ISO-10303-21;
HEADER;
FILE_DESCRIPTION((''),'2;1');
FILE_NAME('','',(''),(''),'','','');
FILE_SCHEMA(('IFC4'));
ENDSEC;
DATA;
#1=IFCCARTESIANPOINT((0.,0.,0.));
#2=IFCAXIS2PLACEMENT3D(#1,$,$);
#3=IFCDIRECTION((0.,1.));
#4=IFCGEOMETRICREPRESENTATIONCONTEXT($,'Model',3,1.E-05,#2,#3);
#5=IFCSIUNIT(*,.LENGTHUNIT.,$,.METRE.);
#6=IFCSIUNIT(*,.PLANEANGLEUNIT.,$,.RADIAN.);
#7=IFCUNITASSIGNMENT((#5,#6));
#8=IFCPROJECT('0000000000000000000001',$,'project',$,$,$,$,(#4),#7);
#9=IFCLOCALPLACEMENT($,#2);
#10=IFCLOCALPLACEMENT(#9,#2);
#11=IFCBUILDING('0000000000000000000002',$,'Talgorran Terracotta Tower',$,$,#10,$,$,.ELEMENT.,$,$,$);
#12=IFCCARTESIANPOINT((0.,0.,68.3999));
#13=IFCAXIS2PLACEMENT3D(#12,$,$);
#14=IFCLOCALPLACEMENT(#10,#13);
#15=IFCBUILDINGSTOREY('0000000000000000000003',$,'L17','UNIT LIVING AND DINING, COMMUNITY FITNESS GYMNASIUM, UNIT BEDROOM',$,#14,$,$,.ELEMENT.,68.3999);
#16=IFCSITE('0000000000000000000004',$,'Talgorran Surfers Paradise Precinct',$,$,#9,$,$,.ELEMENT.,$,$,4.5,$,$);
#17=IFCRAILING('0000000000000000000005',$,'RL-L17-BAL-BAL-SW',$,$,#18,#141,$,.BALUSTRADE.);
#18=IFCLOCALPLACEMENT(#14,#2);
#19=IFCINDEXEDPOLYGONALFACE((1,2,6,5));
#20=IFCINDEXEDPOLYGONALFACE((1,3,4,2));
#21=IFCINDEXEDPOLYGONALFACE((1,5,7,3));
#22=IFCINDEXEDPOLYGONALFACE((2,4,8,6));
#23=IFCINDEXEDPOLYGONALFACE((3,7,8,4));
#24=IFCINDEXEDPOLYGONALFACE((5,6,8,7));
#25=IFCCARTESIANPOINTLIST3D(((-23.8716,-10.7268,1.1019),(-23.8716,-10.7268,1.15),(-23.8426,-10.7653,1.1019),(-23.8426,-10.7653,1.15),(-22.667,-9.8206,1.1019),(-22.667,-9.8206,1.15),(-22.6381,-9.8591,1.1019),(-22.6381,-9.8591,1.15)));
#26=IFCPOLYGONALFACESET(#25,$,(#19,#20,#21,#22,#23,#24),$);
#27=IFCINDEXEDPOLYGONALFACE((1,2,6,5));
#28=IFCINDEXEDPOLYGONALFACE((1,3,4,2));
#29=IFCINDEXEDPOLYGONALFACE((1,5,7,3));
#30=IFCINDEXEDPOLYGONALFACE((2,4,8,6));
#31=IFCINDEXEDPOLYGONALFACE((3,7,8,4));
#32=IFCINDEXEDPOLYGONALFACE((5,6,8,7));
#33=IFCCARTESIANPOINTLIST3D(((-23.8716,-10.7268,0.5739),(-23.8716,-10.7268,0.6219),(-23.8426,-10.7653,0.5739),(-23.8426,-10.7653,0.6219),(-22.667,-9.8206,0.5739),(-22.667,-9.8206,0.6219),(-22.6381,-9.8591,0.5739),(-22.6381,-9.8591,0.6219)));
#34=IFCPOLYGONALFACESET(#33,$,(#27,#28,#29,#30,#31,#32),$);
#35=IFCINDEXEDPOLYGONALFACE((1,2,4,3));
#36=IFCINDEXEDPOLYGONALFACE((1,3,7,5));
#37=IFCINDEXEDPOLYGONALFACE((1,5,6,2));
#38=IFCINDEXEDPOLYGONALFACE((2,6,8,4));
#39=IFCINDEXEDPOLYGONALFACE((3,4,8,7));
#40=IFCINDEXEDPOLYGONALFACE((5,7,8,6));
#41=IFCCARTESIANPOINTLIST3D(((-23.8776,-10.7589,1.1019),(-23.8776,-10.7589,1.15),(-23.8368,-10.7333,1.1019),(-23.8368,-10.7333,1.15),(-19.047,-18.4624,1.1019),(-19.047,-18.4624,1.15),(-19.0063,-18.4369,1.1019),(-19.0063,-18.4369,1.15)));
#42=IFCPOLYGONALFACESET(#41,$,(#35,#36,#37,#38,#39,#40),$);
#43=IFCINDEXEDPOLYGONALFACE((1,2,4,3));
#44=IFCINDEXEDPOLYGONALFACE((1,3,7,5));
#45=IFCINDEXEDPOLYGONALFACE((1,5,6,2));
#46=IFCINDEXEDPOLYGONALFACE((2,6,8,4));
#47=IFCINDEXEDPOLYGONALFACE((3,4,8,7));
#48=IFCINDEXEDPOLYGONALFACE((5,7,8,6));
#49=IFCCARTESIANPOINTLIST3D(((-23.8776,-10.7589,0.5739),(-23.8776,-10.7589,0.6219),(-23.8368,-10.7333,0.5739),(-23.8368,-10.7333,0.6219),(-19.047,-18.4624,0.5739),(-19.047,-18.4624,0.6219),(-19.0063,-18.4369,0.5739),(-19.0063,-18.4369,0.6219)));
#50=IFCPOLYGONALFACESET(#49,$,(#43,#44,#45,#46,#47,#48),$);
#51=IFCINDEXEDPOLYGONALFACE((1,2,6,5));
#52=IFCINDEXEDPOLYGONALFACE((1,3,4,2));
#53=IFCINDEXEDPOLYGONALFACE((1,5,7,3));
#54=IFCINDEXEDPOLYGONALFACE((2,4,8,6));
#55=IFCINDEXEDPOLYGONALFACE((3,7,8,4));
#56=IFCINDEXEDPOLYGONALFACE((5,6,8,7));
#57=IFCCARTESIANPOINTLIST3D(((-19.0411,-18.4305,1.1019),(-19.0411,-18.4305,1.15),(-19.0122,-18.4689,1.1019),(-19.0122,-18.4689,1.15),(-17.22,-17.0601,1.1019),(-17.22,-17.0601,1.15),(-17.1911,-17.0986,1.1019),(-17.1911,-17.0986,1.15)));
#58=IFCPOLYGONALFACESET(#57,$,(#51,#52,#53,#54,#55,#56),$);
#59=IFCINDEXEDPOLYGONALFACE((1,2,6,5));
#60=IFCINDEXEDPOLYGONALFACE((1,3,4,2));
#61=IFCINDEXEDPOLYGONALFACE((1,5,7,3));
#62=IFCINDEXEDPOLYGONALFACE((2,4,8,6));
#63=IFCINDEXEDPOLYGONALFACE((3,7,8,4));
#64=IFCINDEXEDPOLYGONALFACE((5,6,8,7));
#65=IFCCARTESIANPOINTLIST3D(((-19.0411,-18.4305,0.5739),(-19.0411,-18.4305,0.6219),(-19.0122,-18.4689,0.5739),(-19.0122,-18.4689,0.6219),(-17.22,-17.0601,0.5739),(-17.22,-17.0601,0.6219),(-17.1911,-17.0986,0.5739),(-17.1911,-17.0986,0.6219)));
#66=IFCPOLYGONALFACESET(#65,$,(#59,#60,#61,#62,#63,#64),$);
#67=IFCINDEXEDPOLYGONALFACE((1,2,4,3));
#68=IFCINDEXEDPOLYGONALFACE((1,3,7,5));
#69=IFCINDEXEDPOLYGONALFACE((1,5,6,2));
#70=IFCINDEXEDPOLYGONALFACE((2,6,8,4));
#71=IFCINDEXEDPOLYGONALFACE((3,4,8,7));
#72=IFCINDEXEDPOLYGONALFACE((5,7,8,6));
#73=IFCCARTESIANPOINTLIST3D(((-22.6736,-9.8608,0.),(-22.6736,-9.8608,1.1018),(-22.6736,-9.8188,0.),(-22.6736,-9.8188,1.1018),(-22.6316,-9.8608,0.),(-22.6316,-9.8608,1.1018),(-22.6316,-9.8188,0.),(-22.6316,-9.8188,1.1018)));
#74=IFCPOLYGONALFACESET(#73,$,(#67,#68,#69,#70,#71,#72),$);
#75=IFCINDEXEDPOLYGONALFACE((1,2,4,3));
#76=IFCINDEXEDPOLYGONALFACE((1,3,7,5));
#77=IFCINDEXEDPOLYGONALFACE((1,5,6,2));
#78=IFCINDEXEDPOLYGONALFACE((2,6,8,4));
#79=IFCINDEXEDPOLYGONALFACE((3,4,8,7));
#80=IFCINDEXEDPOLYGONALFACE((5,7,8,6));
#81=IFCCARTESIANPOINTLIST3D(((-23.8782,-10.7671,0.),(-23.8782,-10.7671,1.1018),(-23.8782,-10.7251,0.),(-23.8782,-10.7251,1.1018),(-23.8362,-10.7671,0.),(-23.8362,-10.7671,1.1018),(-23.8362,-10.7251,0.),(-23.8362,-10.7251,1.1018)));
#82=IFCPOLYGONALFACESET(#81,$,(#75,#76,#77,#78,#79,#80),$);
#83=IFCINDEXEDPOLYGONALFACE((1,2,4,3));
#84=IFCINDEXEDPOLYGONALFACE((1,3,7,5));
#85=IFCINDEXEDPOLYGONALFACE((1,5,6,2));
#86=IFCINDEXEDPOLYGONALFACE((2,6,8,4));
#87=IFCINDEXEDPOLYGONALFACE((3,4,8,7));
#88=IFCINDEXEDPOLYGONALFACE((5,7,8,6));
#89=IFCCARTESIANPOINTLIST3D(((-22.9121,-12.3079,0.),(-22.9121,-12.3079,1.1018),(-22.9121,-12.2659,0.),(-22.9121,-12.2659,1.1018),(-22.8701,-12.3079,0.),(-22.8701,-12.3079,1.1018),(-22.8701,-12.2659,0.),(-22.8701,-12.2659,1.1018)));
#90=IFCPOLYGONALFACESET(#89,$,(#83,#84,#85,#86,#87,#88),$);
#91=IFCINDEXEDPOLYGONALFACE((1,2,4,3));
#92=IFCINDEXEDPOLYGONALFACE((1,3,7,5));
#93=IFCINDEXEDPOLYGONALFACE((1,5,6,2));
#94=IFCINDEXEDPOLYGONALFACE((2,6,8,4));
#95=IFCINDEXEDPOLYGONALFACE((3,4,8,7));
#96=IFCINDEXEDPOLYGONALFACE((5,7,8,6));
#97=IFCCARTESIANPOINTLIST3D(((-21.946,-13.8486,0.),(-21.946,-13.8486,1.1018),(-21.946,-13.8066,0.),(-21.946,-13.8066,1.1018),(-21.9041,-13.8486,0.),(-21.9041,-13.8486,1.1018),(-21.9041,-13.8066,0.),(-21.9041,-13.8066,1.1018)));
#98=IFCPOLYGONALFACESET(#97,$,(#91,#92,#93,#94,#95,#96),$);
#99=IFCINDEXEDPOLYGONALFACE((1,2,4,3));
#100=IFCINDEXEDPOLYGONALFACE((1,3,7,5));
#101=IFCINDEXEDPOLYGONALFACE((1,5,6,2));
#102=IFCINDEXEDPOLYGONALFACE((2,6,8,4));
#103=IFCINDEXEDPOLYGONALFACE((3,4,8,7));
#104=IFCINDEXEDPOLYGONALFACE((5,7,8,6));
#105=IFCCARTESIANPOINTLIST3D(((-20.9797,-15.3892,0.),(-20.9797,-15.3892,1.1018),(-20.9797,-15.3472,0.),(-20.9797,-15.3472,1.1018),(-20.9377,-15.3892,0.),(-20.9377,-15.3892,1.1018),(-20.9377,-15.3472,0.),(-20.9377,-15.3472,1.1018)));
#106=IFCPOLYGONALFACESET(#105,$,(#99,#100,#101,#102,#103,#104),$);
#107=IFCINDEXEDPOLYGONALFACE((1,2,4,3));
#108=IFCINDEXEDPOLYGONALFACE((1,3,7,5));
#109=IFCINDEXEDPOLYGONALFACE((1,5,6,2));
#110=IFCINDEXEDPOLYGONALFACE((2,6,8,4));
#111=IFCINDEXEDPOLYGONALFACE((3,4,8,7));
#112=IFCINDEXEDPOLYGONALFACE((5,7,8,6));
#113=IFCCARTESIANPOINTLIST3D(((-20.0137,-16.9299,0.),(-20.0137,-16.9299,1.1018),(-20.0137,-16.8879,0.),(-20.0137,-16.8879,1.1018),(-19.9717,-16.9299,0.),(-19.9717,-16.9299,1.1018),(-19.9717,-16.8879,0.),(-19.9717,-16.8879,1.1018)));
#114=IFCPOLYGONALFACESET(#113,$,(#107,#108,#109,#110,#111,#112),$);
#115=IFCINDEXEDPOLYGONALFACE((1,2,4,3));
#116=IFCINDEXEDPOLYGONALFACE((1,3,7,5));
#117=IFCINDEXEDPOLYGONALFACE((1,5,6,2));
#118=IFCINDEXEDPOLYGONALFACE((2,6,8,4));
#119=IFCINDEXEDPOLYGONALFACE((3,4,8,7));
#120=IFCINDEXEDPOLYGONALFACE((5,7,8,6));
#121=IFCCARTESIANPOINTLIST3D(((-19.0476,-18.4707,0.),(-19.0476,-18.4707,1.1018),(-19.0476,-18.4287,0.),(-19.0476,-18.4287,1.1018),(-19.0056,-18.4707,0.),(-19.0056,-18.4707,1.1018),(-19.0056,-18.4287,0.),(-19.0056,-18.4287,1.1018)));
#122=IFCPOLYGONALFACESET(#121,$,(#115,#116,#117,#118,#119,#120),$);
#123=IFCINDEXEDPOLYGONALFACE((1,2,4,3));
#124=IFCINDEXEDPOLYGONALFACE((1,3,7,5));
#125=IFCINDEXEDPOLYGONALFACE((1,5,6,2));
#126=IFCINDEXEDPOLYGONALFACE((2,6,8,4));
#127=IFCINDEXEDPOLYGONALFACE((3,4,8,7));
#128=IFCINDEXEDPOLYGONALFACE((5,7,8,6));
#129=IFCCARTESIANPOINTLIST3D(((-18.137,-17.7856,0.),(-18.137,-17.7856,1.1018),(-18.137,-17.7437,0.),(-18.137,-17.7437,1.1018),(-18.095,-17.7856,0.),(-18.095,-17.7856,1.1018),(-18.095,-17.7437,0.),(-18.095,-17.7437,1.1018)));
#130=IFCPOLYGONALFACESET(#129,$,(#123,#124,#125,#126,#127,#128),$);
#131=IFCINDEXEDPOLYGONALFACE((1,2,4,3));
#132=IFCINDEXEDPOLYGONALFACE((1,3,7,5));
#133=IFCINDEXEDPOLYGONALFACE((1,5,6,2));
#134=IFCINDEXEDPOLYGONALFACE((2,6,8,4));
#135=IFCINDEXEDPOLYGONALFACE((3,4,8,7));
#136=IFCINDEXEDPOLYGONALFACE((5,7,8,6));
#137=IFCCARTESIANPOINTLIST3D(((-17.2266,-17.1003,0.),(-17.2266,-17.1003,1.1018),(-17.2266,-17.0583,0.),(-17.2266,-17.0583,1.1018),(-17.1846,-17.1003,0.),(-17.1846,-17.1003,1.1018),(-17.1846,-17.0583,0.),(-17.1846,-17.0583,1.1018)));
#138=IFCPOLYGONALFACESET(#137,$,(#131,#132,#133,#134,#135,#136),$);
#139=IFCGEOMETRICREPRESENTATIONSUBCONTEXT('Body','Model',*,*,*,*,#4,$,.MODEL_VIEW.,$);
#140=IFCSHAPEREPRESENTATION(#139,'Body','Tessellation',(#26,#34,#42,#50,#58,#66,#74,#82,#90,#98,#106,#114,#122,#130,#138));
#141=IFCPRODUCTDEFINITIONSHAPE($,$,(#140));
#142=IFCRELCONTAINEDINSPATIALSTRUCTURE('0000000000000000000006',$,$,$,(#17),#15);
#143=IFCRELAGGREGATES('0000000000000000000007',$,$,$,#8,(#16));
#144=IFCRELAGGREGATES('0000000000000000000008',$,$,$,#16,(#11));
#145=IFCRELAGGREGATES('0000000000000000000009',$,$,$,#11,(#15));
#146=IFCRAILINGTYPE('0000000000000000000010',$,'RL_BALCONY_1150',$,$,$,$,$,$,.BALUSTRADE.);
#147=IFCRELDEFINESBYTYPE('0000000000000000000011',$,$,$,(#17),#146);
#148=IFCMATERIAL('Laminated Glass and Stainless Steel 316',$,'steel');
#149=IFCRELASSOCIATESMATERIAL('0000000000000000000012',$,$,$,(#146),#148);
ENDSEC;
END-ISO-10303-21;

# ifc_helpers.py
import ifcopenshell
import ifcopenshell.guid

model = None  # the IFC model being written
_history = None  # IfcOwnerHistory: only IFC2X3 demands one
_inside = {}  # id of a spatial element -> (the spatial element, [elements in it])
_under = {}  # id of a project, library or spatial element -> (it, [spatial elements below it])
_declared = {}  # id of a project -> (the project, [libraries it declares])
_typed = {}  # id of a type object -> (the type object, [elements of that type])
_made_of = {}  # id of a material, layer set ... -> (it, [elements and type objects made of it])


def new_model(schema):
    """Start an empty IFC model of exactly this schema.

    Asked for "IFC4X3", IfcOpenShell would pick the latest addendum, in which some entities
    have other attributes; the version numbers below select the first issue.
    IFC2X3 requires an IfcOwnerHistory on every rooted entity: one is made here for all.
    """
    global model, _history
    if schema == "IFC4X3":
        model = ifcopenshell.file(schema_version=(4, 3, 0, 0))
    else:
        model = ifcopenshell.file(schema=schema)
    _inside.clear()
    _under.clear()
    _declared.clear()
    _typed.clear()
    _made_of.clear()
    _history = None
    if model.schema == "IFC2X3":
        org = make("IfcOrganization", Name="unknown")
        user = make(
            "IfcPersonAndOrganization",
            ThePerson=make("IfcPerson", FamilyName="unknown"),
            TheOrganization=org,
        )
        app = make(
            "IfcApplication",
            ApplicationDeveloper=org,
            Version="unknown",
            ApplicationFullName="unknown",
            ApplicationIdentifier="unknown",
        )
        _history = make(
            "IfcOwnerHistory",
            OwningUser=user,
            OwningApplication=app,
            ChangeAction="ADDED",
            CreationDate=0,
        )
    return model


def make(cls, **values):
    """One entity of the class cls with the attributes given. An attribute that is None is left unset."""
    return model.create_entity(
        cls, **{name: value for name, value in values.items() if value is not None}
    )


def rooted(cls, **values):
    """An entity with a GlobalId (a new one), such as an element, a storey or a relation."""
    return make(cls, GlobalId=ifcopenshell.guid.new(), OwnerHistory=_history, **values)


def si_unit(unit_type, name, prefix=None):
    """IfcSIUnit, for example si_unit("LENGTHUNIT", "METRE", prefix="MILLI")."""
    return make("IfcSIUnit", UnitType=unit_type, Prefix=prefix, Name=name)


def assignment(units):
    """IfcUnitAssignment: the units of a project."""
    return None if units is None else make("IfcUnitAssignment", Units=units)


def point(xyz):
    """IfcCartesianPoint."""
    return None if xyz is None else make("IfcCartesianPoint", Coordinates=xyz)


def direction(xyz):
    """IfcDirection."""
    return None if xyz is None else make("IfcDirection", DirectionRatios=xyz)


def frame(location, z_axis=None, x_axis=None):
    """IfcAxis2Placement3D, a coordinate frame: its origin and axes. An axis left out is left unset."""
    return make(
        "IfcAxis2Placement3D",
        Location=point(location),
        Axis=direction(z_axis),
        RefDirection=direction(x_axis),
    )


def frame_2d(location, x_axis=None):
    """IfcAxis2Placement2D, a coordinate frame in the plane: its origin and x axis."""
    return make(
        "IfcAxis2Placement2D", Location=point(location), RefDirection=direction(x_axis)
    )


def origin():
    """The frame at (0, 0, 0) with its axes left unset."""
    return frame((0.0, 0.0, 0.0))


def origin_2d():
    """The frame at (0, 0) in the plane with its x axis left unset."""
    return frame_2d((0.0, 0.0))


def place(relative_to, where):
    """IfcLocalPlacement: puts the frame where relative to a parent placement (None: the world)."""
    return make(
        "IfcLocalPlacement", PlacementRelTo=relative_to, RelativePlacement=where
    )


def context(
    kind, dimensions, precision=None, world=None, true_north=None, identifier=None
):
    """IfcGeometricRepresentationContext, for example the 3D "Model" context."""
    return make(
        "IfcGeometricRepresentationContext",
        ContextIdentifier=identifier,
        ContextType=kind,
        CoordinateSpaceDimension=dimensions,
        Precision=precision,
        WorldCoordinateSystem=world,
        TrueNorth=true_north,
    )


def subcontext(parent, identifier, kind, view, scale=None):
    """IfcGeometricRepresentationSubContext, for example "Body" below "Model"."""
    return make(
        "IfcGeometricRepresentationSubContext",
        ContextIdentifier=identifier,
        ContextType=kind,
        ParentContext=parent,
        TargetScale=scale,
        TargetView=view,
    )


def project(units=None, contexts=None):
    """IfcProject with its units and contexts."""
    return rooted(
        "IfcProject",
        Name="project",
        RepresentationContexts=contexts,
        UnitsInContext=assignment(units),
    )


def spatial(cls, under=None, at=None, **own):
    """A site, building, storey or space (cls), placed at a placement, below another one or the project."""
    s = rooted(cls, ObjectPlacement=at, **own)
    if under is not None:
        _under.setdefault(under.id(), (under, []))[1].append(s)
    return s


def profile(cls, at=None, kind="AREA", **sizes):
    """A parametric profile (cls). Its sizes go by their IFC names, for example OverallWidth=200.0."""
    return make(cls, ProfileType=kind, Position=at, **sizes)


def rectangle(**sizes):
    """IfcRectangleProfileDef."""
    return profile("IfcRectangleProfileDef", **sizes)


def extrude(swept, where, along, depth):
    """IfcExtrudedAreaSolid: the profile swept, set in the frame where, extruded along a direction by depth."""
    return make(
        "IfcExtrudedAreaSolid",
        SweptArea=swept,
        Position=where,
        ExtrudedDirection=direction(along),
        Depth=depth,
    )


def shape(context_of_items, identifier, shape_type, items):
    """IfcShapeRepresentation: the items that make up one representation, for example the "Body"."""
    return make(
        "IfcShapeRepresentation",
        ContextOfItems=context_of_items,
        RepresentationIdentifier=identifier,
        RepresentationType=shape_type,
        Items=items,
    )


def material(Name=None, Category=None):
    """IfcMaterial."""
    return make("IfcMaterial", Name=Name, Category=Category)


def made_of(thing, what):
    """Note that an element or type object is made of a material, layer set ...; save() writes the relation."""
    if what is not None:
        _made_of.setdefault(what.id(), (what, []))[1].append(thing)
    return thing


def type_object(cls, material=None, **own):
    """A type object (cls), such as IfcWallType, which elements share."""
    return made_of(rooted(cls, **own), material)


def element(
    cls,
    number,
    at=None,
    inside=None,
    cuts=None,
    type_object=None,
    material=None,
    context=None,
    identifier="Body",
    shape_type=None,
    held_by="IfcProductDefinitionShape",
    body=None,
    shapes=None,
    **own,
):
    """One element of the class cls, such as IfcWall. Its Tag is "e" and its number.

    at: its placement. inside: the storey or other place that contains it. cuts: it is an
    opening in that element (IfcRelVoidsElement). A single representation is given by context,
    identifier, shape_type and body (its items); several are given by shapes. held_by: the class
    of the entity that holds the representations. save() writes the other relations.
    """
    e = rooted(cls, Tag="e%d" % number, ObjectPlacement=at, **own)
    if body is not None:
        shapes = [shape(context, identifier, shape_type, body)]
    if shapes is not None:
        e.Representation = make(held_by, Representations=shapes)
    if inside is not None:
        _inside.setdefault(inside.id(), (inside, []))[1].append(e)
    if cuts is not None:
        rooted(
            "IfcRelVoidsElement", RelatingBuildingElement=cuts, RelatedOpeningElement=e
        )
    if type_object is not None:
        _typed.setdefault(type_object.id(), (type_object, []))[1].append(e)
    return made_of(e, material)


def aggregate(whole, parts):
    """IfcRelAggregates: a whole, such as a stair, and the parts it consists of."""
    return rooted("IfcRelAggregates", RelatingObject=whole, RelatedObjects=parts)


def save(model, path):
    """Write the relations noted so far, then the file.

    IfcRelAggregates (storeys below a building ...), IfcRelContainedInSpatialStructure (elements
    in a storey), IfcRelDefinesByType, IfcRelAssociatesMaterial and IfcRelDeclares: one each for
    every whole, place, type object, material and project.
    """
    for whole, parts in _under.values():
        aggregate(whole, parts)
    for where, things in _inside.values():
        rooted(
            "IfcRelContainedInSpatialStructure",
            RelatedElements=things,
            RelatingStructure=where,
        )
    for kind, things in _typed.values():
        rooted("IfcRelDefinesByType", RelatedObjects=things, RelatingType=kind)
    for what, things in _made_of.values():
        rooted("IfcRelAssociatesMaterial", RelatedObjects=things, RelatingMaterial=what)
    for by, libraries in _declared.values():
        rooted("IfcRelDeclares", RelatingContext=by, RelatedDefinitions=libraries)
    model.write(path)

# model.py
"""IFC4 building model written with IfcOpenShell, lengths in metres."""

from ifc_helpers import new_model, si_unit, direction, frame, origin, origin_2d, place, context, subcontext, project, spatial, rectangle, extrude, material, type_object, element, save


model = new_model("IFC4")

# Units and contexts
model_context = context("Model", 3, precision=1e-05, world=origin(), true_north=direction((0.0, 1.0)))
body_context = subcontext(model_context, "Body", "Model", "MODEL_VIEW")
ifc_project = project(units=[si_unit("LENGTHUNIT", "METRE"), si_unit("PLANEANGLEUNIT", "RADIAN")], contexts=[model_context])

# Site, building, storey
site_placement = place(None, origin())
site = spatial("IfcSite", under=ifc_project, at=site_placement, Name="Talgorran Surfers Paradise Precinct", CompositionType="ELEMENT", RefElevation=4.5)
building_placement = place(site_placement, origin())
building = spatial("IfcBuilding", under=site, at=building_placement, Name="Talgorran Terracotta Tower", CompositionType="ELEMENT")
storey_placement = place(building_placement, frame((0.0, 0.0, 68.3999)))
storey = spatial("IfcBuildingStorey", under=building, at=storey_placement, Name="L17", Description="UNIT LIVING AND DINING, COMMUNITY FITNESS GYMNASIUM, UNIT BEDROOM", CompositionType="ELEMENT", Elevation=68.3999)

# Railing
ifc_material_1 = material(Name="Laminated Glass and Stainless Steel 316", Category="steel")
railing_type = type_object("IfcRailingType", Name="RL_BALCONY_1150", PredefinedType="BALUSTRADE", material=ifc_material_1)
railing_placement = place(storey_placement, frame((-22.6526, -9.8398, 0.0)))
element("IfcRailing", 1, at=railing_placement, inside=storey, type_object=railing_type, Name="RL-L17-BAL-BAL-SW", PredefinedType="BALUSTRADE", context=body_context, shape_type="SweptSolid", body=[
    extrude(rectangle(XDim=0.0481, YDim=0.0481, at=origin_2d()), frame((0.0, 0.0, 1.126), z_axis=(-0.799105, -0.601191, 0.0), x_axis=(0.601191, -0.799105, 0.0)), (0.0, 0.0, 1.0), 1.5073),
    extrude(rectangle(XDim=0.0481, YDim=0.0481, at=origin_2d()), frame((0.0, 0.0, 0.5979), z_axis=(-0.799105, -0.601191, 0.0), x_axis=(0.601191, -0.799105, 0.0)), (0.0, 0.0, 1.0), 1.5073),
    extrude(rectangle(XDim=0.0481, YDim=0.0481, at=origin_2d()), frame((-1.2046, -0.9062, 1.126), z_axis=(0.531249, -0.847216, 0.0), x_axis=(0.847216, 0.531249, 0.0)), (0.0, 0.0, 1.0), 9.0928),
    extrude(rectangle(XDim=0.0481, YDim=0.0481, at=origin_2d()), frame((-1.2046, -0.9062, 0.5979), z_axis=(0.531249, -0.847216, 0.0), x_axis=(0.847216, 0.531249, 0.0)), (0.0, 0.0, 1.0), 9.0928),
    extrude(rectangle(XDim=0.0481, YDim=0.0481, at=origin_2d()), frame((3.626, -8.6099, 1.126), z_axis=(0.799035, 0.601285, 0.0), x_axis=(-0.601285, 0.799035, 0.0)), (0.0, 0.0, 1.0), 2.2791),
    extrude(rectangle(XDim=0.0481, YDim=0.0481, at=origin_2d()), frame((3.626, -8.6099, 0.5979), z_axis=(0.799035, 0.601285, 0.0), x_axis=(-0.601285, 0.799035, 0.0)), (0.0, 0.0, 1.0), 2.2791),
    extrude(rectangle(XDim=0.042, YDim=0.042, at=origin_2d()), origin(), (0.0, 0.0, 1.0), 1.1018),
    extrude(rectangle(XDim=0.042, YDim=0.042, at=origin_2d()), frame((-1.2046, -0.9062, 0.0)), (0.0, 0.0, 1.0), 1.1018),
    extrude(rectangle(XDim=0.042, YDim=0.042, at=origin_2d()), frame((-0.2385, -2.447, 0.0)), (0.0, 0.0, 1.0), 1.1018),
    extrude(rectangle(XDim=0.042, YDim=0.042, at=origin_2d()), frame((0.7275, -3.9878, 0.0)), (0.0, 0.0, 1.0), 1.1018),
    extrude(rectangle(XDim=0.042, YDim=0.042, at=origin_2d()), frame((1.6938, -5.5283, 0.0)), (0.0, 0.0, 1.0), 1.1018),
    extrude(rectangle(XDim=0.042, YDim=0.042, at=origin_2d()), frame((2.6599, -7.0691, 0.0)), (0.0, 0.0, 1.0), 1.1018),
    extrude(rectangle(XDim=0.042, YDim=0.042, at=origin_2d()), frame((3.626, -8.6099, 0.0)), (0.0, 0.0, 1.0), 1.1018),
    extrude(rectangle(XDim=0.042, YDim=0.042, at=origin_2d()), frame((4.5366, -7.9248, 0.0)), (0.0, 0.0, 1.0), 1.1018),
    extrude(rectangle(XDim=0.042, YDim=0.042, at=origin_2d()), frame((5.447, -7.2395, 0.0)), (0.0, 0.0, 1.0), 1.1018),
])

save(model, "model.ifc")
